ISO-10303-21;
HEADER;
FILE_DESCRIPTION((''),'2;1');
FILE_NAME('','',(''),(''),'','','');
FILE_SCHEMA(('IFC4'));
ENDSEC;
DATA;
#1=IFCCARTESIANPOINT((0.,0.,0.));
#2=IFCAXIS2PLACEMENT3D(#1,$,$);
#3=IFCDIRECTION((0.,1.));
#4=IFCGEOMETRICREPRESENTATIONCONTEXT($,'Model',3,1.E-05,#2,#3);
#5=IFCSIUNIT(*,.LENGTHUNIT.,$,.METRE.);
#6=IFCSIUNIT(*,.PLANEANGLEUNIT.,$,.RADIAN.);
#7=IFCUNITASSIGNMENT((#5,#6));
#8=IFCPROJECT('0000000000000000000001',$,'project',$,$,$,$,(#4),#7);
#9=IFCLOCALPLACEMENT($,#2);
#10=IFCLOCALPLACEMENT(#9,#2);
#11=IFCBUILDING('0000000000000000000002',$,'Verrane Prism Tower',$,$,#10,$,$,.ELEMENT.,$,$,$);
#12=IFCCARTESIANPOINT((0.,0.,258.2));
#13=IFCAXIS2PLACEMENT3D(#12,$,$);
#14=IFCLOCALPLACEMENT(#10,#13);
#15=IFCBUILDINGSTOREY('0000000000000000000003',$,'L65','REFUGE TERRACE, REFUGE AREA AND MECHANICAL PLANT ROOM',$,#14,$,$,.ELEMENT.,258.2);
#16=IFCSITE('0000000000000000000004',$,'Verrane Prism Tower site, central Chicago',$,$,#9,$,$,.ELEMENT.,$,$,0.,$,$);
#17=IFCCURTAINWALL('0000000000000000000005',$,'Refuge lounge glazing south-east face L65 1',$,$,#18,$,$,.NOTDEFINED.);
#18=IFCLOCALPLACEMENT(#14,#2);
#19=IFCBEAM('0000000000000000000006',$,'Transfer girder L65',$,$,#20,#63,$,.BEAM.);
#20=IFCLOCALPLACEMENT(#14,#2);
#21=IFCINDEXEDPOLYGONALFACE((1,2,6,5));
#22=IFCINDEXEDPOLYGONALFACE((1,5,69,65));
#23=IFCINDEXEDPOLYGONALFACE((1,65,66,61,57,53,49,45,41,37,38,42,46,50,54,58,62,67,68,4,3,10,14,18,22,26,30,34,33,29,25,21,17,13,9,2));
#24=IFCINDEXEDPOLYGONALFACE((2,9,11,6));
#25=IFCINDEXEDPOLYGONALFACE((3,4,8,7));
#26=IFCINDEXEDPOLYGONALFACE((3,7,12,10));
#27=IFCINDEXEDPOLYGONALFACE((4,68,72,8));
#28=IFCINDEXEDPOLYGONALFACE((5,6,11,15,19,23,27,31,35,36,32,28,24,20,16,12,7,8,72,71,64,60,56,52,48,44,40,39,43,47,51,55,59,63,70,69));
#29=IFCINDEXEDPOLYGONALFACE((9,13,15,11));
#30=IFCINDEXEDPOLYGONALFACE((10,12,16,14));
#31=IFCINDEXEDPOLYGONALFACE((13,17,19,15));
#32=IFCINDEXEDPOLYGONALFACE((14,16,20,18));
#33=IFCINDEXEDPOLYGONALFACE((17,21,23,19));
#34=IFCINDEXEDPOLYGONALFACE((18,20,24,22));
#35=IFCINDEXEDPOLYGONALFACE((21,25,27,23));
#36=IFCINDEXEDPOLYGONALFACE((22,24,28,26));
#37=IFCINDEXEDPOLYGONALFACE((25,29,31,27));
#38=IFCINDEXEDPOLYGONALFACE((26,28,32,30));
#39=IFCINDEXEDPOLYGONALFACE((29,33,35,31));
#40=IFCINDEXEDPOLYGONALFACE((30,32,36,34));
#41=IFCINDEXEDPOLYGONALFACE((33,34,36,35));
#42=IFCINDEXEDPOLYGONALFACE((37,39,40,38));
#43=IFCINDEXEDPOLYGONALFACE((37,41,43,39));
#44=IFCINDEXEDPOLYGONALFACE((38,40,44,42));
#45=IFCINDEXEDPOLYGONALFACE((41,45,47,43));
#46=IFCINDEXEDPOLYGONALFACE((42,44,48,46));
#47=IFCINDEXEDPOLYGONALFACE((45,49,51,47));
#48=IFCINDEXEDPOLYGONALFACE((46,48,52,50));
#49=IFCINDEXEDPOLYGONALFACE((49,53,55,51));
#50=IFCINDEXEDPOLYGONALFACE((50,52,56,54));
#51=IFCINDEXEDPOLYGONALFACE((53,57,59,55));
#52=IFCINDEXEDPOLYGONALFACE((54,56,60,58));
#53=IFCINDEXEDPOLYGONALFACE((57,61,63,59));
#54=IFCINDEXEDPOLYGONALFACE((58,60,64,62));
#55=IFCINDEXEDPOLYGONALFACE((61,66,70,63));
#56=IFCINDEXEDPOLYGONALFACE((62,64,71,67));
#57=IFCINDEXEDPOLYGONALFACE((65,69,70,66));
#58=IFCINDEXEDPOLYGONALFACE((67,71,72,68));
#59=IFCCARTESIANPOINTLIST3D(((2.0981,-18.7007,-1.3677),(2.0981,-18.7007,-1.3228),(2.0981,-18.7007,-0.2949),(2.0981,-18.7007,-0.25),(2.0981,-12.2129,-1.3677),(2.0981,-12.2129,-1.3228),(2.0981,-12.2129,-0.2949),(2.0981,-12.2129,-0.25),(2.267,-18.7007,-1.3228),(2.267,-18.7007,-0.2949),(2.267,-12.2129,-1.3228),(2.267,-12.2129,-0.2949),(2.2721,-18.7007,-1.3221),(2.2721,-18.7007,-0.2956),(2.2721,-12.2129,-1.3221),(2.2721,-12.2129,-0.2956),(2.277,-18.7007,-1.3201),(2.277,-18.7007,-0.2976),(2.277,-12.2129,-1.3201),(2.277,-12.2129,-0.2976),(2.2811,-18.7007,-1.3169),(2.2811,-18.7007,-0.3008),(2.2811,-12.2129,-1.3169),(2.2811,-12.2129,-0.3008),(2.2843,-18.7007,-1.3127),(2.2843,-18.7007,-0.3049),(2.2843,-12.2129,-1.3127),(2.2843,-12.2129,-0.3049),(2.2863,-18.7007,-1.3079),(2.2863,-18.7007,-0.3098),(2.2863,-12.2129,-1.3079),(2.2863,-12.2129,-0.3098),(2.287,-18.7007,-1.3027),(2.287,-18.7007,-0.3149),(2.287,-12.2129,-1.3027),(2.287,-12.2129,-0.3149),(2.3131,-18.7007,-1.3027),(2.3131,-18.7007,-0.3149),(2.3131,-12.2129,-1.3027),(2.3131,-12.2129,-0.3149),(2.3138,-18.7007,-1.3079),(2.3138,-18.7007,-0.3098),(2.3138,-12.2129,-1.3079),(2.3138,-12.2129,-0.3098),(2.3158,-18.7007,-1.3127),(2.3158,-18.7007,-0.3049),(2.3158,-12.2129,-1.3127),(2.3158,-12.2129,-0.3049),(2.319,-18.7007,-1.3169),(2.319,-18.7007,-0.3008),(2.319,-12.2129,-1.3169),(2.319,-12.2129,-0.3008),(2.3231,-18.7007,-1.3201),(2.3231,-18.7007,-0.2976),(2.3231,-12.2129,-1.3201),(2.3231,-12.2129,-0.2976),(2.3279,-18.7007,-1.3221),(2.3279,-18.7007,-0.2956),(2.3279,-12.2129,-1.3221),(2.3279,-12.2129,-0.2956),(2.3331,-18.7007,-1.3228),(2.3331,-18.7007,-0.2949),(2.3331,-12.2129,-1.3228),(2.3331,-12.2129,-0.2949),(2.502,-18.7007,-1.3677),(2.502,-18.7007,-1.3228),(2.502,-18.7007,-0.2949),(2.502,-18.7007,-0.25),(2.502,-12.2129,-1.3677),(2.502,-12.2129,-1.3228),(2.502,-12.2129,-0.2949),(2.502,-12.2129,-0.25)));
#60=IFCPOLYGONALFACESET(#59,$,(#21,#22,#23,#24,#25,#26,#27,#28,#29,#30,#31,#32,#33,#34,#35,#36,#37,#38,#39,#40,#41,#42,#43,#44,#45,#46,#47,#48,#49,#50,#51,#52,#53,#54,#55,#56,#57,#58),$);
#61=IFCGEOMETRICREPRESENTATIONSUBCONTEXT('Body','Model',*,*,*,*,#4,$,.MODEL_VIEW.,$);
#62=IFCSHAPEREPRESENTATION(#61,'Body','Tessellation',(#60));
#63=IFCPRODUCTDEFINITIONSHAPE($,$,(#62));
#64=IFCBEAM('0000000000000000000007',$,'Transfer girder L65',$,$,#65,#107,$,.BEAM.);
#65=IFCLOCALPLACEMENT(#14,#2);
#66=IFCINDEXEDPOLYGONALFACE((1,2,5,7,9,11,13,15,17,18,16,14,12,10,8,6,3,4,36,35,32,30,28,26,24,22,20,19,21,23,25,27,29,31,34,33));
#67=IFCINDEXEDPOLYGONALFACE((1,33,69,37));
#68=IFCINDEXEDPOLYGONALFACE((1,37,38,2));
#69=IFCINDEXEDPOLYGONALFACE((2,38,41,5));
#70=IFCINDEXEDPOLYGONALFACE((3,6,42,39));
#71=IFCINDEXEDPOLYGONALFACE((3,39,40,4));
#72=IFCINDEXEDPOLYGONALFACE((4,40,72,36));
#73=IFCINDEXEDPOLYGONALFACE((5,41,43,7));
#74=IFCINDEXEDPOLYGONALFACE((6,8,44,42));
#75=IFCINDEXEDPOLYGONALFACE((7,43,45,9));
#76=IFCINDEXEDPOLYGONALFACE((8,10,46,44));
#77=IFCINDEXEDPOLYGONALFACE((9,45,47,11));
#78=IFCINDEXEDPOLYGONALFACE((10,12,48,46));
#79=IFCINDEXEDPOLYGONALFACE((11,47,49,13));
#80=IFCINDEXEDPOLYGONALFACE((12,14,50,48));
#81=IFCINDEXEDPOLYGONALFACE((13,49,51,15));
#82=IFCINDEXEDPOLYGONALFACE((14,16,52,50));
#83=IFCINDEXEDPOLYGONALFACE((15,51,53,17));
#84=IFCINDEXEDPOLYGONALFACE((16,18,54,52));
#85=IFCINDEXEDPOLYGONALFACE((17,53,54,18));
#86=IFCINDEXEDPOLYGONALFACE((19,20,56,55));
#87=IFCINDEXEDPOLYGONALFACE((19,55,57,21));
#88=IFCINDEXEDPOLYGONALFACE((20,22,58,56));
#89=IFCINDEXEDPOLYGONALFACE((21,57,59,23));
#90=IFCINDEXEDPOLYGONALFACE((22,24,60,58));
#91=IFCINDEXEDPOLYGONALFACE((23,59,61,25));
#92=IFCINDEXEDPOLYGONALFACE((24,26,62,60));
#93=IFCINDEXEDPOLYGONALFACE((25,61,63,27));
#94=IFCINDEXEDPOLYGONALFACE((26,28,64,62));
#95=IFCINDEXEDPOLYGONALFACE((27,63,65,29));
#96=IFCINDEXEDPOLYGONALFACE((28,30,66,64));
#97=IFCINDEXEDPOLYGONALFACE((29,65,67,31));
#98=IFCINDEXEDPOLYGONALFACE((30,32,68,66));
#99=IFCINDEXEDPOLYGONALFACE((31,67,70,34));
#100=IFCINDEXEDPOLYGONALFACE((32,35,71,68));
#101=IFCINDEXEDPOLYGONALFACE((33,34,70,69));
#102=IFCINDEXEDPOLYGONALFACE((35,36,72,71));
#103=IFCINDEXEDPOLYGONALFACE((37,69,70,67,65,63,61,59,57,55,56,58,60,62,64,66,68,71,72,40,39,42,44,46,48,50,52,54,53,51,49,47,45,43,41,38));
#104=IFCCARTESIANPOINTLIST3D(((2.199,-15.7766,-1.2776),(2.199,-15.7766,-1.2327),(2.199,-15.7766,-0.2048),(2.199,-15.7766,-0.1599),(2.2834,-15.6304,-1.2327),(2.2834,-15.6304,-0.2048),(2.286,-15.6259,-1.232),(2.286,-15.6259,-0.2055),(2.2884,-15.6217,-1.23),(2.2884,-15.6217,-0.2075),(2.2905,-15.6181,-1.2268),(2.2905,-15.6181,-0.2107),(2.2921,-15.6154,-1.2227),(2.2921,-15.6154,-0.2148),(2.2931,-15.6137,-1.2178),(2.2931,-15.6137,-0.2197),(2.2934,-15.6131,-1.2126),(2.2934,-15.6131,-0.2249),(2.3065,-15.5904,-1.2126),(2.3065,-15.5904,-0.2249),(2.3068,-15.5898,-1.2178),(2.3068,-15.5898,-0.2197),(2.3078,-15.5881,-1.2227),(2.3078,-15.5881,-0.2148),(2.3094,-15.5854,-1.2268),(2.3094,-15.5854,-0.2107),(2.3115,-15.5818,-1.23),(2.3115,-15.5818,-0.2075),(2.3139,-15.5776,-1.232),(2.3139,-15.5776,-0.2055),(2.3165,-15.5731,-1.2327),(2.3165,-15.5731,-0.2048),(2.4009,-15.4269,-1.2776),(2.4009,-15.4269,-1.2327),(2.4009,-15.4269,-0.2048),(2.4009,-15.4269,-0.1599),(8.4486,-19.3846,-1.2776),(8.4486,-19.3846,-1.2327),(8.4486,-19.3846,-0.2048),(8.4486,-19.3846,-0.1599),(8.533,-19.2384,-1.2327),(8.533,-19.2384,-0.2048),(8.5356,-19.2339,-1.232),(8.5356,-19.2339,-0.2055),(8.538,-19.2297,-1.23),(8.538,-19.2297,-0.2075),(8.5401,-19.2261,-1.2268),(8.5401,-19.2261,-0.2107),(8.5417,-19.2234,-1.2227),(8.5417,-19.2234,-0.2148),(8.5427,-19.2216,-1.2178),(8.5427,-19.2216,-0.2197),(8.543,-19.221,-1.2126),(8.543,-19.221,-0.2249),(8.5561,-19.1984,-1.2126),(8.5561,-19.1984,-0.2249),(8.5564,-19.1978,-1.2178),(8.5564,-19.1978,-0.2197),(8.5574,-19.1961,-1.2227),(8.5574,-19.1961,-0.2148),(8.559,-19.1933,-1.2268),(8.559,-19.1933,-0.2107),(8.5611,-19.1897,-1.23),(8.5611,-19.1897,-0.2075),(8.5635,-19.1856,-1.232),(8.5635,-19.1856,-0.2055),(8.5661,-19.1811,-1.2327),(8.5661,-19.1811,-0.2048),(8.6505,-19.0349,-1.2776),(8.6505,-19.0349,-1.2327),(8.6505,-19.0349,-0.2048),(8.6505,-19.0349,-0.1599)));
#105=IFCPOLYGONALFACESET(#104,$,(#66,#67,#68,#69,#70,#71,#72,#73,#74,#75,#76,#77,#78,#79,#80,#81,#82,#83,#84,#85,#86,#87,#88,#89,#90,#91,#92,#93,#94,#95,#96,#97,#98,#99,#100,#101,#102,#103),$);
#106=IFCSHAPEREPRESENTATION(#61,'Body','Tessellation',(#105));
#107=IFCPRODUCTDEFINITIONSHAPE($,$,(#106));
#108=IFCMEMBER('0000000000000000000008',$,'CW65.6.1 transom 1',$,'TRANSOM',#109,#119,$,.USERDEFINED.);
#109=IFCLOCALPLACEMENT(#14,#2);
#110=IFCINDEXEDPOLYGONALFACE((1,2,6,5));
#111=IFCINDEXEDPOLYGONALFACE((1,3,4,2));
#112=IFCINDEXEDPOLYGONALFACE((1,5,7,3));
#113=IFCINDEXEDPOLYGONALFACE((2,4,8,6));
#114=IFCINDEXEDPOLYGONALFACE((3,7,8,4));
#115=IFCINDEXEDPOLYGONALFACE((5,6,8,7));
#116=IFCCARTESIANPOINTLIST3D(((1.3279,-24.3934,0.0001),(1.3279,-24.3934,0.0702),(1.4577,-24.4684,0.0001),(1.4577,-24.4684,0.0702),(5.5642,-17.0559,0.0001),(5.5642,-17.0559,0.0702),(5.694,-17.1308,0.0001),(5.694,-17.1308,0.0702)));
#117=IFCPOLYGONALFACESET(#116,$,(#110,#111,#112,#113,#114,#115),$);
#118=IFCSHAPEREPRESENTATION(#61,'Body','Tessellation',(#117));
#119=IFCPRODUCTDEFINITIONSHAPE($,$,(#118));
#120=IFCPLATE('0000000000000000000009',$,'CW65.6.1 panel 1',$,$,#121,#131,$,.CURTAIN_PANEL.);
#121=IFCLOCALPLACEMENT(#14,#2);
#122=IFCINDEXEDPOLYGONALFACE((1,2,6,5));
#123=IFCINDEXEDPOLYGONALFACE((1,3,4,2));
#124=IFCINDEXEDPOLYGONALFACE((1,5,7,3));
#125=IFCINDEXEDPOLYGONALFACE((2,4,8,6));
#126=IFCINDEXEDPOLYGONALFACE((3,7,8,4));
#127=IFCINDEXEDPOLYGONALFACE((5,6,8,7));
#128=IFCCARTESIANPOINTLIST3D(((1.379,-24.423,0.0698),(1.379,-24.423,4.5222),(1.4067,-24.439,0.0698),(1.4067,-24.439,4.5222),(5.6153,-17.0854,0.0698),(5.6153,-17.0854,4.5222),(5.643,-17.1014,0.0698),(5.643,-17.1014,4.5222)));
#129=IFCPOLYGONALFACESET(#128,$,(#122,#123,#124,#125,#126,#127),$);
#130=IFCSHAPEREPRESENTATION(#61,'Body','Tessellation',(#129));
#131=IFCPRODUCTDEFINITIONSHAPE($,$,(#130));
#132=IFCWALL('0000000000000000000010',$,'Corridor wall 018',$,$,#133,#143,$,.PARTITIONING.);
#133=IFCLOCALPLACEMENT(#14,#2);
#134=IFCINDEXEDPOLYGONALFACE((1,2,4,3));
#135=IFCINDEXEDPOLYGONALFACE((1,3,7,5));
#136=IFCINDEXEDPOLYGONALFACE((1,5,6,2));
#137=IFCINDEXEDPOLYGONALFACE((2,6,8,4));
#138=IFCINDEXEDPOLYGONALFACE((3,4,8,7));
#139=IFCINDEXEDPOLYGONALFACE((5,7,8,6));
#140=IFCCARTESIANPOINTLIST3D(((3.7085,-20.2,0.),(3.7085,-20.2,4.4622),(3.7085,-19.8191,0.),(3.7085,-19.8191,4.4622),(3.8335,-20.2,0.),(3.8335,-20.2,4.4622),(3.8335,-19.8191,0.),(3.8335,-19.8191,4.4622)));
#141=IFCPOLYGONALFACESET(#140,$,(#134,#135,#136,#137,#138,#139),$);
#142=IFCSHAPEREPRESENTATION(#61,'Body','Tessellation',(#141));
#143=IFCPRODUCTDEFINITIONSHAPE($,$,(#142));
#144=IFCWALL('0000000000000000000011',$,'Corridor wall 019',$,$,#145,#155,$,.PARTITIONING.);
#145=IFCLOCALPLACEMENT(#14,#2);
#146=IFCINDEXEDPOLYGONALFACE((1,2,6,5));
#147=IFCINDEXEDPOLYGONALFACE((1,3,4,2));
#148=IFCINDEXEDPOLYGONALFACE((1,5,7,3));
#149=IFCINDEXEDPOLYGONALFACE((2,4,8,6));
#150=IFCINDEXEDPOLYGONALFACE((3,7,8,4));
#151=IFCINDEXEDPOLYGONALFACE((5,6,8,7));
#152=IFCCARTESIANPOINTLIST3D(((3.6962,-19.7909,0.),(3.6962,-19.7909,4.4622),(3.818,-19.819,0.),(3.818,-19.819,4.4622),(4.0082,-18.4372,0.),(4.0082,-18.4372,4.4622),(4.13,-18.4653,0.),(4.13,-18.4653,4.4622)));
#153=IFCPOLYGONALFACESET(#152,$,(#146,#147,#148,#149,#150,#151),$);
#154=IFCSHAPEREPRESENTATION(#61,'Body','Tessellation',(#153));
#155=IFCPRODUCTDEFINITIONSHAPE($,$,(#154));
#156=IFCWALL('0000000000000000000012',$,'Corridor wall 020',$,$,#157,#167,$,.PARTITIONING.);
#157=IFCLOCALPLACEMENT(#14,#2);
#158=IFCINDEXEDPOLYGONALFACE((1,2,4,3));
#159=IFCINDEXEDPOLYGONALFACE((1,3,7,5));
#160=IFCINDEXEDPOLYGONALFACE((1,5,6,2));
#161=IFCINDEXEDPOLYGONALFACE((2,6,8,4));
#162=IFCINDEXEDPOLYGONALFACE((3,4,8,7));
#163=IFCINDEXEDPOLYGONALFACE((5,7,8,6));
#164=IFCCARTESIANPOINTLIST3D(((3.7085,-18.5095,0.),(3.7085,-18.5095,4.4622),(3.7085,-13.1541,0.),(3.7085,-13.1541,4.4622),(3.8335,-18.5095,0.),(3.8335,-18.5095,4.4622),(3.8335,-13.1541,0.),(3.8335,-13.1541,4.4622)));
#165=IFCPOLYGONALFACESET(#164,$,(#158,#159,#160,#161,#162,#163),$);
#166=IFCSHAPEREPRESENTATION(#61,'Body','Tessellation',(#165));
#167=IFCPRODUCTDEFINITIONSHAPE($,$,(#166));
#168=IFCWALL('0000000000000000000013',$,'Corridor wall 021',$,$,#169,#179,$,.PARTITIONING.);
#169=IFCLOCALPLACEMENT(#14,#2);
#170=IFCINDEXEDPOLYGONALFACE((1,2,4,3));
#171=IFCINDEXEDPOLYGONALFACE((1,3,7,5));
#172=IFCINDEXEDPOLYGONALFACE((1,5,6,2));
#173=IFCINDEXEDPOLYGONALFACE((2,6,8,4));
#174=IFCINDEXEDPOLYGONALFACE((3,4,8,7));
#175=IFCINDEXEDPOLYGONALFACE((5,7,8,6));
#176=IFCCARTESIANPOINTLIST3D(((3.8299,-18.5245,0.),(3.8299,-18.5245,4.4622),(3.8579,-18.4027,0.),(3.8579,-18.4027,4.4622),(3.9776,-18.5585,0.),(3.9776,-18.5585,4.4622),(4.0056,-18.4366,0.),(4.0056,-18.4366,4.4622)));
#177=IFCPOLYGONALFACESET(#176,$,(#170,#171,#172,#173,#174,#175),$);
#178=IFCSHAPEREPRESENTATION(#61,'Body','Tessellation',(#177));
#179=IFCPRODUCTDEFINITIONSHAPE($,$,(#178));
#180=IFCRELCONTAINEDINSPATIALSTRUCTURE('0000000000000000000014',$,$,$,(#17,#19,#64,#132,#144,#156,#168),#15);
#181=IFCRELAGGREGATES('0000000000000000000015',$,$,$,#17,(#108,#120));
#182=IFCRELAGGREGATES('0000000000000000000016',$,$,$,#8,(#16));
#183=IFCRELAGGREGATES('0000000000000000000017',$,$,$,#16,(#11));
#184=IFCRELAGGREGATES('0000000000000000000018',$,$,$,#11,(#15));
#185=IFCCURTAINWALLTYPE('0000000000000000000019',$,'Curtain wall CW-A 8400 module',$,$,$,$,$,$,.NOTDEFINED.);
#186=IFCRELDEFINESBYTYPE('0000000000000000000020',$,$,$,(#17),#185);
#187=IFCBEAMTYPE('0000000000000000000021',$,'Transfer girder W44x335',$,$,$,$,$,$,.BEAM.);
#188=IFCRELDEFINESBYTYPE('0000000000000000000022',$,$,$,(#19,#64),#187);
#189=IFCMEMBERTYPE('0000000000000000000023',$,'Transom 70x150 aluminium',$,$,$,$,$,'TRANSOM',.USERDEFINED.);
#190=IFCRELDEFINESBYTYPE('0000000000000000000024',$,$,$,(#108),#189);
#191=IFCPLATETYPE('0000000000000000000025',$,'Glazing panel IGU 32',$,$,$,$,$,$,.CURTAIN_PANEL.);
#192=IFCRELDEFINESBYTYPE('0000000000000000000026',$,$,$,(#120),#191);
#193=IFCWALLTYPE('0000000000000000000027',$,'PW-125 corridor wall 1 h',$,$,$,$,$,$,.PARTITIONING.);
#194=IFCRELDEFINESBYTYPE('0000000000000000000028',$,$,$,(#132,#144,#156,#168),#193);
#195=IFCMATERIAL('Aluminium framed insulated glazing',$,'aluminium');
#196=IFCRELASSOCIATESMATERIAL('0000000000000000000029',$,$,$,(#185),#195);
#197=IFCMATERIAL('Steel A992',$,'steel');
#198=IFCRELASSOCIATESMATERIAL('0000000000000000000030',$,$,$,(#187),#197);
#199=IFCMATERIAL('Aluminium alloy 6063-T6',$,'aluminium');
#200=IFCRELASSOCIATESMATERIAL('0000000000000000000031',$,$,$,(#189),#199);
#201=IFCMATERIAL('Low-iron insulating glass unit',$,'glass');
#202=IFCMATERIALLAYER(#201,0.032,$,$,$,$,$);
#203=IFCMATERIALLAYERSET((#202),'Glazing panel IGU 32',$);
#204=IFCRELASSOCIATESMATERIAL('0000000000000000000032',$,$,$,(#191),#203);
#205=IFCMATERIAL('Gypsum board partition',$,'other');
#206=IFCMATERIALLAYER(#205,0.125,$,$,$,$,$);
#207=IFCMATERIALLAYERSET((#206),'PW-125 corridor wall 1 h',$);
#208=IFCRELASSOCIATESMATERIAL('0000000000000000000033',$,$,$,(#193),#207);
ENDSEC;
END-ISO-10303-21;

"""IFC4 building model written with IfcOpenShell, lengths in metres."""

from ifc_helpers import new_model, si_unit, direction, frame, frame_2d, origin, origin_2d, place, context, subcontext, project, spatial, rectangle, i_section, extrude, material, layer, layer_set, material_profile, profile_set, type_object, element, aggregate, save


model = new_model("IFC4")

# Units and contexts
model_context = context("Model", 3, precision=1e-05, world=origin(), true_north=direction((0.0, 1.0)))
body_context = subcontext(model_context, "Body", "Model", "MODEL_VIEW")
ifc_project = project(units=[si_unit("LENGTHUNIT", "METRE"), si_unit("PLANEANGLEUNIT", "RADIAN")], contexts=[model_context])

# Site, building, storey
site_placement = place(None, origin())
site = spatial("IfcSite", under=ifc_project, at=site_placement, Name="Verrane Prism Tower site, central Chicago", CompositionType="ELEMENT", RefElevation=0.0)
building_placement = place(site_placement, origin())
building = spatial("IfcBuilding", under=site, at=building_placement, Name="Verrane Prism Tower", CompositionType="ELEMENT")
storey_placement = place(building_placement, frame((0.0, 0.0, 258.2)))
storey = spatial("IfcBuildingStorey", under=building, at=storey_placement, Name="L65", Description="REFUGE TERRACE, REFUGE AREA AND MECHANICAL PLANT ROOM", CompositionType="ELEMENT", Elevation=258.2)

# Curtain wall
ifc_material_1 = material(Name="Aluminium framed insulated glazing", Category="aluminium")
curtain_wall_type = type_object("IfcCurtainWallType", Name="Curtain wall CW-A 8400 module", PredefinedType="NOTDEFINED", material=ifc_material_1)
curtain_wall_placement = place(storey_placement, origin())
curtain_wall = element("IfcCurtainWall", 1, at=curtain_wall_placement, inside=storey, type_object=curtain_wall_type, Name="Refuge lounge glazing south-east face L65 1", PredefinedType="NOTDEFINED")

# Beams
ifc_material_2 = material(Name="Steel A992", Category="steel")
ifc_material_profile_1 = material_profile(ifc_material_2, i_section(OverallWidth=0.4038, OverallDepth=1.1177, WebThickness=0.0261, FlangeThickness=0.0449, FilletRadius=0.02, at=origin_2d()), Name="W44x335")
ifc_profile_set_1 = profile_set([ifc_material_profile_1], Name="Steel A992")
beam_type_1 = type_object("IfcBeamType", Name="Transfer girder W44x335", PredefinedType="BEAM", material=ifc_profile_set_1)
beam_1_placement = place(storey_placement, frame((2.3, -18.7007, -0.8088), z_axis=(0.0, 1.0, 0.0), x_axis=(-1.0, 0.0, 0.0)))
element("IfcBeam", 2, at=beam_1_placement, inside=storey, type_object=beam_type_1, Name="Transfer girder L65", PredefinedType="BEAM", context=body_context, shape_type="SweptSolid", body=[
    extrude(i_section(OverallWidth=0.4038, OverallDepth=1.1177, WebThickness=0.0261, FlangeThickness=0.0449, FilletRadius=0.02, at=origin_2d()), origin(), (0.0, 0.0, 1.0), 6.4878),
])
beam_2_placement = place(storey_placement, frame((8.5496, -19.2097, -0.7188), z_axis=(-0.86604, 0.499974, 0.0), x_axis=(-0.499974, -0.86604, 0.0)))
element("IfcBeam", 3, at=beam_2_placement, inside=storey, type_object=beam_type_1, Name="Transfer girder L65", PredefinedType="BEAM", context=body_context, shape_type="SweptSolid", body=[
    extrude(i_section(OverallWidth=0.4038, OverallDepth=1.1177, WebThickness=0.0261, FlangeThickness=0.0449, FilletRadius=0.02, at=origin_2d()), origin(), (0.0, 0.0, 1.0), 7.2163),
])

# Member
ifc_material_3 = material(Name="Aluminium alloy 6063-T6", Category="aluminium")
ifc_material_profile_2 = material_profile(ifc_material_3, rectangle(XDim=0.1499, YDim=0.0701, at=origin_2d()), Name="Transom 70x150 aluminium")
ifc_profile_set_2 = profile_set([ifc_material_profile_2], Name="Aluminium alloy 6063-T6")
member_type_1 = type_object("IfcMemberType", Name="Transom 70x150 aluminium", ElementType="TRANSOM", PredefinedType="USERDEFINED", material=ifc_profile_set_2)
member_1_placement = place(storey_placement, frame((1.3928, -24.4309, 0.0352), z_axis=(0.499994, 0.866029, 0.0), x_axis=(-0.866029, 0.499994, 0.0)))
member_1 = element("IfcMember", 4, at=member_1_placement, type_object=member_type_1, Name="CW65.6.1 transom 1", ObjectType="TRANSOM", PredefinedType="USERDEFINED", context=body_context, shape_type="SweptSolid", body=[
    extrude(rectangle(XDim=0.1499, YDim=0.0701, at=origin_2d()), origin(), (0.0, 0.0, 1.0), 8.4727),
])

# Plate
ifc_material_4 = material(Name="Low-iron insulating glass unit", Category="glass")
ifc_layer_1 = layer(ifc_material_4, 0.032)
ifc_layer_set_1 = layer_set([ifc_layer_1], Name="Glazing panel IGU 32")
plate_type = type_object("IfcPlateType", Name="Glazing panel IGU 32", PredefinedType="CURTAIN_PANEL", material=ifc_layer_set_1)
plate_placement = place(storey_placement, frame((3.511, -20.7622, 0.0698), z_axis=(0.0, 0.0, 1.0), x_axis=(0.499998, 0.866027, 0.0)))
plate = element("IfcPlate", 5, at=plate_placement, type_object=plate_type, Name="CW65.6.1 panel 1", PredefinedType="CURTAIN_PANEL", context=body_context, shape_type="SweptSolid", body=[
    extrude(rectangle(XDim=8.4727, YDim=0.032, at=origin_2d()), origin(), (0.0, 0.0, 1.0), 4.4524),
])
aggregate(curtain_wall, [member_1, plate])

# Walls
ifc_material_5 = material(Name="Gypsum board partition", Category="other")
ifc_layer_2 = layer(ifc_material_5, 0.125)
ifc_layer_set_2 = layer_set([ifc_layer_2], Name="PW-125 corridor wall 1 h")
wall_type = type_object("IfcWallType", Name="PW-125 corridor wall 1 h", PredefinedType="PARTITIONING", material=ifc_layer_set_2)
wall_1_placement = place(storey_placement, frame((3.771, -20.2, 0.0), z_axis=(0.0, 0.0, 1.0), x_axis=(0.0, 1.0, 0.0)))
element("IfcWall", 6, at=wall_1_placement, inside=storey, type_object=wall_type, Name="Corridor wall 018", PredefinedType="PARTITIONING", context=body_context, shape_type="SweptSolid", body=[
    extrude(rectangle(XDim=0.3809, YDim=0.125, at=frame_2d((0.1904, 0.0))), origin(), (0.0, 0.0, 1.0), 4.4622),
])
wall_2_placement = place(storey_placement, frame((3.7571, -19.8049, 0.0), z_axis=(0.0, 0.0, 1.0), x_axis=(0.22459, 0.974453, 0.0)))
element("IfcWall", 7, at=wall_2_placement, inside=storey, type_object=wall_type, Name="Corridor wall 019", PredefinedType="PARTITIONING", context=body_context, shape_type="SweptSolid", body=[
    extrude(rectangle(XDim=1.3892, YDim=0.125, at=frame_2d((0.6946, 0.0))), origin(), (0.0, 0.0, 1.0), 4.4622),
])
wall_3_placement = place(storey_placement, frame((3.771, -18.5095, 0.0), z_axis=(0.0, 0.0, 1.0), x_axis=(0.0, 1.0, 0.0)))
element("IfcWall", 8, at=wall_3_placement, inside=storey, type_object=wall_type, Name="Corridor wall 020", PredefinedType="PARTITIONING", context=body_context, shape_type="SweptSolid", body=[
    extrude(rectangle(XDim=5.3555, YDim=0.125, at=frame_2d((2.6777, 0.0))), origin(), (0.0, 0.0, 1.0), 4.4622),
])
wall_4_placement = place(storey_placement, frame((3.844, -18.4636, 0.0), z_axis=(0.0, 0.0, 1.0), x_axis=(0.974608, -0.223918, 0.0)))
element("IfcWall", 9, at=wall_4_placement, inside=storey, type_object=wall_type, Name="Corridor wall 021", PredefinedType="PARTITIONING", context=body_context, shape_type="SweptSolid", body=[
    extrude(rectangle(XDim=0.1516, YDim=0.125, at=frame_2d((0.0757, 0.0))), origin(), (0.0, 0.0, 1.0), 4.4622),
])

save(model, "model.ifc")
